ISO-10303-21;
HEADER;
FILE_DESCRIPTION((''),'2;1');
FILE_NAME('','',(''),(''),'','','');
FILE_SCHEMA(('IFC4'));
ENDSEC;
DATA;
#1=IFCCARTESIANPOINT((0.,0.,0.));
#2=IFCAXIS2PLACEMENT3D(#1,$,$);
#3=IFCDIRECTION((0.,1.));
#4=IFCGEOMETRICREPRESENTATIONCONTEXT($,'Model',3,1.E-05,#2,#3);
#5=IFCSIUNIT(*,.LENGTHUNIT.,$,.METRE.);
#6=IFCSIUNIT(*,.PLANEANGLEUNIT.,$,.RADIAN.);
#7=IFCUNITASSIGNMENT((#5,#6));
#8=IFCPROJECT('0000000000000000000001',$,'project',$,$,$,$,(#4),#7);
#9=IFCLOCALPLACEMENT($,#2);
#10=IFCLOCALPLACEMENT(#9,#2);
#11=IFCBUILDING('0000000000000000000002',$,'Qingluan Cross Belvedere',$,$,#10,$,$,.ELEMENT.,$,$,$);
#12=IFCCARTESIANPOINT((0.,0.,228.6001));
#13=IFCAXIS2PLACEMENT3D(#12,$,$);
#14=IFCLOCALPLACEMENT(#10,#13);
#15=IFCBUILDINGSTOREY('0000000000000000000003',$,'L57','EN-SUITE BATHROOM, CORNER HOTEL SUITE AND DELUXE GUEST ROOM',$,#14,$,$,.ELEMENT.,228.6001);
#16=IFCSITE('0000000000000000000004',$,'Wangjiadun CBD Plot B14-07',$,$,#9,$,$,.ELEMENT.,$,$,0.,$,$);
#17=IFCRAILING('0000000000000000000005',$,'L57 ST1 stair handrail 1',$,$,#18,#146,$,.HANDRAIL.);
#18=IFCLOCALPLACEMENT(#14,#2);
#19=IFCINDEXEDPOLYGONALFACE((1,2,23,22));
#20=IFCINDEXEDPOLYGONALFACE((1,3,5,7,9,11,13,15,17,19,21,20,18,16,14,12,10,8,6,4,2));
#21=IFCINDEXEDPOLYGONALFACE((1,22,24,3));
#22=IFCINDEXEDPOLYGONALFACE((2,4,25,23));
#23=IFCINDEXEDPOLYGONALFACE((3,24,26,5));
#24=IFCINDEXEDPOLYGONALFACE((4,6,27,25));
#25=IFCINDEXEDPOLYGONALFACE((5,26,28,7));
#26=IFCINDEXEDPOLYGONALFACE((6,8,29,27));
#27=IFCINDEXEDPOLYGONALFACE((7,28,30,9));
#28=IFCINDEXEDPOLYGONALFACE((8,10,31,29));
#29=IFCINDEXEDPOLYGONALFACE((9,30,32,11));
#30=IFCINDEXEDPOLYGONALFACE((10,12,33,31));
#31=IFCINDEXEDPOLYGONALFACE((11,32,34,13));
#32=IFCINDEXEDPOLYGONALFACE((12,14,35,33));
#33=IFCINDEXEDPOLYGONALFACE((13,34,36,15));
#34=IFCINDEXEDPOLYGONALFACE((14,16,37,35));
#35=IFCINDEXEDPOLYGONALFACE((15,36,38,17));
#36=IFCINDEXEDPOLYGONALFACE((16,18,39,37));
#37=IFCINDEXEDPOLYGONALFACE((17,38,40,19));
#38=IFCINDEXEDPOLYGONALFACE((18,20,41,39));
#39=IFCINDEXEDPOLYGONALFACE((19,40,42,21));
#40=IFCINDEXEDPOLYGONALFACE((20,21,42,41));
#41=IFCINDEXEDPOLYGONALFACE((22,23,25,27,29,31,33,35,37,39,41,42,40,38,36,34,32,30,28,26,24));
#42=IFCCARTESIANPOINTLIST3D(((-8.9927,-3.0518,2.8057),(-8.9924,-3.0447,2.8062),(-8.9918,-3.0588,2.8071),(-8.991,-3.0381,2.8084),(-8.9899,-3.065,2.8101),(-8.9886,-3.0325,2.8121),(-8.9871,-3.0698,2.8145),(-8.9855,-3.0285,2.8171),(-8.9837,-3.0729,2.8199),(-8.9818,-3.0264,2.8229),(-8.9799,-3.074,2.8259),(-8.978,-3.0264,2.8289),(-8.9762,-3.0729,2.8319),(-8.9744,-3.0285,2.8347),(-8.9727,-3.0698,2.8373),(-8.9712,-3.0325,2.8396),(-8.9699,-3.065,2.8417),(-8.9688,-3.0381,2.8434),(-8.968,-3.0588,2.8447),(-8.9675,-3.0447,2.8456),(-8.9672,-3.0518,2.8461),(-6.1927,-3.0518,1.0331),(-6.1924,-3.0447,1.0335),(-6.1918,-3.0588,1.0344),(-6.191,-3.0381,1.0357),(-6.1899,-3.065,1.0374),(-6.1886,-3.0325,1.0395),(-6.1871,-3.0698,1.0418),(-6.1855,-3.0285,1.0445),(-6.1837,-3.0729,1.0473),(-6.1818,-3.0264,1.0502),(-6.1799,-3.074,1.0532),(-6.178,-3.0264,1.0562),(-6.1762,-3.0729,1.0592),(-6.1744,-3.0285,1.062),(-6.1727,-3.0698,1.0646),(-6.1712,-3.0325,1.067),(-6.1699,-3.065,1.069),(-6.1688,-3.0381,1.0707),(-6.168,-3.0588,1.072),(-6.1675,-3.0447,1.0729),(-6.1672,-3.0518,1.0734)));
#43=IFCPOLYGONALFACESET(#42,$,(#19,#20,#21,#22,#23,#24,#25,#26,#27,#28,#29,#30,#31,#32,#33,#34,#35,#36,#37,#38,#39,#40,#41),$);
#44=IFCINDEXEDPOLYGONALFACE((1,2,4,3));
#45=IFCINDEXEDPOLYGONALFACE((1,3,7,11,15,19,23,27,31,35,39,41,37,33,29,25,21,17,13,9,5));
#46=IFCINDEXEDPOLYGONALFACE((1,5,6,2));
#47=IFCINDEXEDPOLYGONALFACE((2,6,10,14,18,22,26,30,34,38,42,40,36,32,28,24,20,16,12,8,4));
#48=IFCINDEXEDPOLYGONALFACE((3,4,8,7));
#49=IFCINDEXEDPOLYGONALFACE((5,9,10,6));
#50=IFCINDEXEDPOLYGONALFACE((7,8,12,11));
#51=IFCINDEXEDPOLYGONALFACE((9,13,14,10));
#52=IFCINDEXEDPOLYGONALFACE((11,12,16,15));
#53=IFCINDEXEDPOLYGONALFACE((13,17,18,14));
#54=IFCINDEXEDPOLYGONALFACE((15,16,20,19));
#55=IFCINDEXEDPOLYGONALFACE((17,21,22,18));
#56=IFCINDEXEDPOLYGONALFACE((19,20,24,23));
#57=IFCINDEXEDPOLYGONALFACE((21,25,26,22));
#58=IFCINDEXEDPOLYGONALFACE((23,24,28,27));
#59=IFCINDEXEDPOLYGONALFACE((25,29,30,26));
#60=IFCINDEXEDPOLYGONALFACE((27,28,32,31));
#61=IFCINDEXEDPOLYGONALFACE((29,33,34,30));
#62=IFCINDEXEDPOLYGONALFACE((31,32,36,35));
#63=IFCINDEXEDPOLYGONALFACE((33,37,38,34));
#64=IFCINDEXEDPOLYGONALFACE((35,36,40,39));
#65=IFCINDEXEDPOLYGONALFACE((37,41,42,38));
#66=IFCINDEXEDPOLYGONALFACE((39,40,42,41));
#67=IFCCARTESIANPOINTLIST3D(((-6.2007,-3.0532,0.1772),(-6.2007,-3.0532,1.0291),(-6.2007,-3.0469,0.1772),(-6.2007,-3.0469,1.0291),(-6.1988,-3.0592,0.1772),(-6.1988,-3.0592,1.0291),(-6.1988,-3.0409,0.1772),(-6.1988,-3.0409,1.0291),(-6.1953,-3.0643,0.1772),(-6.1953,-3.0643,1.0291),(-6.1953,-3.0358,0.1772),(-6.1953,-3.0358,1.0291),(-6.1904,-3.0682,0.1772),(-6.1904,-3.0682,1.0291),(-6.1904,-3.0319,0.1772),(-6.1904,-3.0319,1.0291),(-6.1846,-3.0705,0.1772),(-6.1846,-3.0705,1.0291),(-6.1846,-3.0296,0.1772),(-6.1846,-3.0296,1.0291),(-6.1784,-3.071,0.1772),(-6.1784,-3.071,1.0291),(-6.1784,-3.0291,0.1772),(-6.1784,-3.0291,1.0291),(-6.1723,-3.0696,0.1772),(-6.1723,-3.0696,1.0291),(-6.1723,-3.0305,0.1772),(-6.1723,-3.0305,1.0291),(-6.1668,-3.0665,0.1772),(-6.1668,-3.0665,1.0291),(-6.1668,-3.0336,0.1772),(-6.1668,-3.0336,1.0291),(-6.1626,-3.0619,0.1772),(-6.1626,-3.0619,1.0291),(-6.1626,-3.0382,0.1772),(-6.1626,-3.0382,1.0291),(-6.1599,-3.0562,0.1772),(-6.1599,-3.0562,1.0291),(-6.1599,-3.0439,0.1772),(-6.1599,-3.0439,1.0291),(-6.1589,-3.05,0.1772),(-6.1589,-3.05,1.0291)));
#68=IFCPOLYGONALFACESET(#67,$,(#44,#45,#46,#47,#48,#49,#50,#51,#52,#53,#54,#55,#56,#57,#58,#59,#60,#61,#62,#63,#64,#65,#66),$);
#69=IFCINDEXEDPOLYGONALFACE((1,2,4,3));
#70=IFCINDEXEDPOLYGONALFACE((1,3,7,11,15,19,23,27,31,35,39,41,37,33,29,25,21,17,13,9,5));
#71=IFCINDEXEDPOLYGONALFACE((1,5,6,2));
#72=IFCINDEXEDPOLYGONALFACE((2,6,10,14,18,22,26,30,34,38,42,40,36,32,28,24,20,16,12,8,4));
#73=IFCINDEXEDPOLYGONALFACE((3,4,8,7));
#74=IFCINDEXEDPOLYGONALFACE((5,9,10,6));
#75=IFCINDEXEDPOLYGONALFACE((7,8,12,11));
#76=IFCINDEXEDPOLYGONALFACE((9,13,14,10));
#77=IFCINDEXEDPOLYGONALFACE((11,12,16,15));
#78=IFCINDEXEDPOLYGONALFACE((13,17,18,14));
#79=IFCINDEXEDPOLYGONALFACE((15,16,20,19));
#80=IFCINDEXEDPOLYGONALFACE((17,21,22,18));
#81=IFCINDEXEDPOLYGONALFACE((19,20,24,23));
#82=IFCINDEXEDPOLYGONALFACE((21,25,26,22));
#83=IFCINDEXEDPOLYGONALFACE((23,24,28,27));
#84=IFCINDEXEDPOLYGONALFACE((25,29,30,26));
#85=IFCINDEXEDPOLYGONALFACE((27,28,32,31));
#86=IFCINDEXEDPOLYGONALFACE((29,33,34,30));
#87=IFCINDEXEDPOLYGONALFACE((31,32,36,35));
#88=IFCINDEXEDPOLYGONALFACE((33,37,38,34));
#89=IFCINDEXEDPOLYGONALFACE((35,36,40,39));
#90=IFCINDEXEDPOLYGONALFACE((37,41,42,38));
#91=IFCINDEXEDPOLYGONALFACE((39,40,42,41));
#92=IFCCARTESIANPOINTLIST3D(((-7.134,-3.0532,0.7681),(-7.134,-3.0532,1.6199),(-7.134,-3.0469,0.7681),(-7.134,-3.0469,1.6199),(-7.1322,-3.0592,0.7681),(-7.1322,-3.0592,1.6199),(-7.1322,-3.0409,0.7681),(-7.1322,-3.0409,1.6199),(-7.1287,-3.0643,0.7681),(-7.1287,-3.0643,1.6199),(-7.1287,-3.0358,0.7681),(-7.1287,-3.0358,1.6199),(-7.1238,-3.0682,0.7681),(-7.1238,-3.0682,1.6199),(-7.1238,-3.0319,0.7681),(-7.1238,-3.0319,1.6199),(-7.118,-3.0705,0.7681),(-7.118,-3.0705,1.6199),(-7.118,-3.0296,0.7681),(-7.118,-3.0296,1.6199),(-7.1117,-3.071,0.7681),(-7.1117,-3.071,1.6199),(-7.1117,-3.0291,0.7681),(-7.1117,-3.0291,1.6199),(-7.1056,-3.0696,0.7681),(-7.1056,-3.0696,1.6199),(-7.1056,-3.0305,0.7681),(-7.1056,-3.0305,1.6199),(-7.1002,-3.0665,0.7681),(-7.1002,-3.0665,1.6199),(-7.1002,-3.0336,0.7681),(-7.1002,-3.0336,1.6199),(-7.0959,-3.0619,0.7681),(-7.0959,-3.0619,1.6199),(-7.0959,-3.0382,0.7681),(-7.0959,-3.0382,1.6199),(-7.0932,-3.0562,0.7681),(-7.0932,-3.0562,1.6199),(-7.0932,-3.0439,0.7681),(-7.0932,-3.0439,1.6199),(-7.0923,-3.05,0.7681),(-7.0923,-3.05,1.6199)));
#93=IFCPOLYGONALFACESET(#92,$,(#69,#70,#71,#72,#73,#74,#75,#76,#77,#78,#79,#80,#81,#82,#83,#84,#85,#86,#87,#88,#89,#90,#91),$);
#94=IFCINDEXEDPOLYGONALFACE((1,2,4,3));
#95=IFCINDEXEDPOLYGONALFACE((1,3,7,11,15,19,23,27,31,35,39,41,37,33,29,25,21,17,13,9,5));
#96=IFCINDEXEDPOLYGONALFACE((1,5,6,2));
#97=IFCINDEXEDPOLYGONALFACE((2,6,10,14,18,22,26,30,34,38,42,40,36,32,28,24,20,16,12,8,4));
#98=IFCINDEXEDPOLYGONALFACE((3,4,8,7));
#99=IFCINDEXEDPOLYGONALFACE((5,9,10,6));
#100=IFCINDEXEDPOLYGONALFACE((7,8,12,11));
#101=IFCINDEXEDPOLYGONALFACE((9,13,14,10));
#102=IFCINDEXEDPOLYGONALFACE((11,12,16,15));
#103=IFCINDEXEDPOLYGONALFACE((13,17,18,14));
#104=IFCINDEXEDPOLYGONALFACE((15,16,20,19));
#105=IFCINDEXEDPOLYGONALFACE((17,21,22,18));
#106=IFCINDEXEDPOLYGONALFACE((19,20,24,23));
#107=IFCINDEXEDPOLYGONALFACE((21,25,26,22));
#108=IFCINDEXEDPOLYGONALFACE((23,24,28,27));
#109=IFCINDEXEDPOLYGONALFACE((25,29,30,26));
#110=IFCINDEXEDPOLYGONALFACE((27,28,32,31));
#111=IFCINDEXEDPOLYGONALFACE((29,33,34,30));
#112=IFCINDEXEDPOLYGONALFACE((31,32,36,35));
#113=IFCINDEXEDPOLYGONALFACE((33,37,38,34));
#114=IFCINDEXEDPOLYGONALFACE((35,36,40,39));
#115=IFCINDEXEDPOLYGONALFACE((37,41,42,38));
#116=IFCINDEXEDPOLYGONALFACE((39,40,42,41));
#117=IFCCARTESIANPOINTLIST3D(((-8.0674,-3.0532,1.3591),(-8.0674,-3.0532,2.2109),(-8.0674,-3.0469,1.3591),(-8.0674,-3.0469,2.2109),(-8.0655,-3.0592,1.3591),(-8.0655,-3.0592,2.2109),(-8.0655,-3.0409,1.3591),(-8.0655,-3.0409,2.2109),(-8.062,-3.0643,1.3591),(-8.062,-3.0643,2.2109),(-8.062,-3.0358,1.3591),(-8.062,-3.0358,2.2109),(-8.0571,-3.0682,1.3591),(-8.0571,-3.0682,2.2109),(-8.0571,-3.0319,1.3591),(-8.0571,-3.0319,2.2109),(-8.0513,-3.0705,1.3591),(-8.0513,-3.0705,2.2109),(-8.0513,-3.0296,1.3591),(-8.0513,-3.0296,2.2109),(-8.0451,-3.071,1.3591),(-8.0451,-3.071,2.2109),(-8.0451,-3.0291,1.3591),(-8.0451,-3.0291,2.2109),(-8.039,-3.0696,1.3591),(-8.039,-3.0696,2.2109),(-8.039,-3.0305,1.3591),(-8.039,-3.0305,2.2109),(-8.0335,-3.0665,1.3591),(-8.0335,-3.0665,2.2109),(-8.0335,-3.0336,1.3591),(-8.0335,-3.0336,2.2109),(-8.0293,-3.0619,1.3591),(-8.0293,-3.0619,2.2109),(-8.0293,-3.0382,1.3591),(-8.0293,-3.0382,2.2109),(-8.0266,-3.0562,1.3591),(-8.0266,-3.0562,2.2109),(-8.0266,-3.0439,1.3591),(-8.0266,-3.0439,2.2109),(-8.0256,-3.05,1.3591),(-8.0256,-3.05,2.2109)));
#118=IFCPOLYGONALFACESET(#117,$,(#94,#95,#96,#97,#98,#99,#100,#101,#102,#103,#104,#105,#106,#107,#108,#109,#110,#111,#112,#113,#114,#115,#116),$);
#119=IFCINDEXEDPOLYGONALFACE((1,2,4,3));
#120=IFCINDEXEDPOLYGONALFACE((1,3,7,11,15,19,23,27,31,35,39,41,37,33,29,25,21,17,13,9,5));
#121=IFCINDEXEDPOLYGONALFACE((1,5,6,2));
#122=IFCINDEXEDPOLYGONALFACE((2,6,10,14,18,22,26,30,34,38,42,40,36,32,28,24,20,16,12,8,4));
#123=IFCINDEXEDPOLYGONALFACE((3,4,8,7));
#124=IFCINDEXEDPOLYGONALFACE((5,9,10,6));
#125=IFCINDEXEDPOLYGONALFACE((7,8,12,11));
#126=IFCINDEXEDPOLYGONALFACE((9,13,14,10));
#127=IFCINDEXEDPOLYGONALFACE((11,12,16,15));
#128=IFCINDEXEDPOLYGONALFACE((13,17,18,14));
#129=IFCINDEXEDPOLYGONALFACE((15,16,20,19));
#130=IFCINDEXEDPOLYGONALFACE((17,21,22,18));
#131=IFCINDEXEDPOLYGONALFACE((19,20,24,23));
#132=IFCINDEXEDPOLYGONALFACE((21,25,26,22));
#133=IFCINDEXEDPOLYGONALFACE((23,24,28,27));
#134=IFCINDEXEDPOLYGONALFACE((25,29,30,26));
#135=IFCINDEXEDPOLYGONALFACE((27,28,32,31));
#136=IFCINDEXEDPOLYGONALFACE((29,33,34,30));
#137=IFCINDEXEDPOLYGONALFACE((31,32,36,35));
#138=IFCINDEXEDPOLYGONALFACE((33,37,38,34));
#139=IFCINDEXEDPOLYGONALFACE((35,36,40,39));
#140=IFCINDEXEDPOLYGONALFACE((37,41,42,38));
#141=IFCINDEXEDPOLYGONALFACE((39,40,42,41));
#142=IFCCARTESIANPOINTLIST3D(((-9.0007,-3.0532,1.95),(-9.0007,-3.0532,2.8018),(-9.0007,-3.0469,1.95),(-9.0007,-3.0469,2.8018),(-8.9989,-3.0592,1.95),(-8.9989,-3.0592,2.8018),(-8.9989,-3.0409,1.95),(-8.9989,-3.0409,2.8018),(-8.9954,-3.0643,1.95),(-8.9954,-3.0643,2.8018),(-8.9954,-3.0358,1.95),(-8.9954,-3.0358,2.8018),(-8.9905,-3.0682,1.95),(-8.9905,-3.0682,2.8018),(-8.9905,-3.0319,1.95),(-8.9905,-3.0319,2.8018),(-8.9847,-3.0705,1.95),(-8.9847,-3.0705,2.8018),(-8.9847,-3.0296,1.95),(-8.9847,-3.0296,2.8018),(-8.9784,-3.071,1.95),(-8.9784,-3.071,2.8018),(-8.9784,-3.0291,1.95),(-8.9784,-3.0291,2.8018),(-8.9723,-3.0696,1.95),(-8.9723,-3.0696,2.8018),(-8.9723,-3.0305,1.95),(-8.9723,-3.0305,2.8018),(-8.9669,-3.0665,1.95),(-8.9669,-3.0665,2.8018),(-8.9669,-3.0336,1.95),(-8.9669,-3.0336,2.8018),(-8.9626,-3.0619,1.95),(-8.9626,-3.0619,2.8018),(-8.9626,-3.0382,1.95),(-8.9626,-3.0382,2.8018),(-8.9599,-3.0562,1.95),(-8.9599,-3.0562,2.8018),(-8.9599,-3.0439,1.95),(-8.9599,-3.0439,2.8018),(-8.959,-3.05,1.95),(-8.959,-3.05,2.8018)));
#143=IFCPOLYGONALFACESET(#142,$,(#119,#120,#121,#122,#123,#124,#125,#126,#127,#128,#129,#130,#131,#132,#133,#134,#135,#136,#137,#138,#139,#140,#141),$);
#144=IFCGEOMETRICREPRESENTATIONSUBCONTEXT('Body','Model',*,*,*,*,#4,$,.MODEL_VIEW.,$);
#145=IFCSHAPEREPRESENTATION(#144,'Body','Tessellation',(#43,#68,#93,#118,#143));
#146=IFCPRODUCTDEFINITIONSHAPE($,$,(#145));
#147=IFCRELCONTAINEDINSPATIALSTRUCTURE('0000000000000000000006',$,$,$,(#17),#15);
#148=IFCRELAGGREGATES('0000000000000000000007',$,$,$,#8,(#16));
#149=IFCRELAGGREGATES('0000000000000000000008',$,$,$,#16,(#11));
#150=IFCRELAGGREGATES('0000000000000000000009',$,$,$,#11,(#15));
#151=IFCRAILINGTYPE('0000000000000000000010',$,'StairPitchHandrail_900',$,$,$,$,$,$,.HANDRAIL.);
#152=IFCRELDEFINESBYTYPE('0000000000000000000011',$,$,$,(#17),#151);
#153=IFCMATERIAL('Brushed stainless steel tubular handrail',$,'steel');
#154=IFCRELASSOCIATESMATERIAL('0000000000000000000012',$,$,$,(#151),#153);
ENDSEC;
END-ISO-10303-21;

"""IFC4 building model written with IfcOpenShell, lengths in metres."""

from ifc_helpers import new_model, si_unit, direction, frame, origin, origin_2d, place, context, subcontext, project, spatial, circle, extrude, material, type_object, element, save


model = new_model("IFC4")

# Units and contexts
model_context = context("Model", 3, precision=1e-05, world=origin(), true_north=direction((0.0, 1.0)))
body_context = subcontext(model_context, "Body", "Model", "MODEL_VIEW")
ifc_project = project(units=[si_unit("LENGTHUNIT", "METRE"), si_unit("PLANEANGLEUNIT", "RADIAN")], contexts=[model_context])

# Site, building, storey
site_placement = place(None, origin())
site = spatial("IfcSite", under=ifc_project, at=site_placement, Name="Wangjiadun CBD Plot B14-07", CompositionType="ELEMENT", RefElevation=0.0)
building_placement = place(site_placement, origin())
building = spatial("IfcBuilding", under=site, at=building_placement, Name="Qingluan Cross Belvedere", CompositionType="ELEMENT")
storey_placement = place(building_placement, frame((0.0, 0.0, 228.6001)))
storey = spatial("IfcBuildingStorey", under=building, at=storey_placement, Name="L57", Description="EN-SUITE BATHROOM, CORNER HOTEL SUITE AND DELUXE GUEST ROOM", CompositionType="ELEMENT", Elevation=228.6001)

# Railing
ifc_material_1 = material(Name="Brushed stainless steel tubular handrail", Category="steel")
railing_type_1 = type_object("IfcRailingType", Name="StairPitchHandrail_900", PredefinedType="HANDRAIL", material=ifc_material_1)
railing_1_placement = place(storey_placement, frame((-6.1799, -3.05, 0.1772)))
element("IfcRailing", 1, at=railing_1_placement, inside=storey, type_object=railing_type_1, Name="L57 ST1 stair handrail 1", PredefinedType="HANDRAIL", context=body_context, shape_type="SweptSolid", body=[
    extrude(circle(Radius=0.0239, at=origin_2d()), frame((0.0, 0.0, 0.876), z_axis=(-0.844909, 0.0, 0.53491), x_axis=(0.0, -1.0, 0.0)), (0.0, 0.0, 1.0), 3.314),
    extrude(circle(Radius=0.021, at=origin_2d()), origin(), (0.0, 0.0, 1.0), 0.8518),
    extrude(circle(Radius=0.021, at=origin_2d()), frame((-0.9333, 0.0, 0.5908)), (0.0, 0.0, 1.0), 0.8518),
    extrude(circle(Radius=0.021, at=origin_2d()), frame((-1.8667, 0.0, 1.1819)), (0.0, 0.0, 1.0), 0.8518),
    extrude(circle(Radius=0.021, at=origin_2d()), frame((-2.8, 0.0, 1.7727)), (0.0, 0.0, 1.0), 0.8518),
])

save(model, "model.ifc")
